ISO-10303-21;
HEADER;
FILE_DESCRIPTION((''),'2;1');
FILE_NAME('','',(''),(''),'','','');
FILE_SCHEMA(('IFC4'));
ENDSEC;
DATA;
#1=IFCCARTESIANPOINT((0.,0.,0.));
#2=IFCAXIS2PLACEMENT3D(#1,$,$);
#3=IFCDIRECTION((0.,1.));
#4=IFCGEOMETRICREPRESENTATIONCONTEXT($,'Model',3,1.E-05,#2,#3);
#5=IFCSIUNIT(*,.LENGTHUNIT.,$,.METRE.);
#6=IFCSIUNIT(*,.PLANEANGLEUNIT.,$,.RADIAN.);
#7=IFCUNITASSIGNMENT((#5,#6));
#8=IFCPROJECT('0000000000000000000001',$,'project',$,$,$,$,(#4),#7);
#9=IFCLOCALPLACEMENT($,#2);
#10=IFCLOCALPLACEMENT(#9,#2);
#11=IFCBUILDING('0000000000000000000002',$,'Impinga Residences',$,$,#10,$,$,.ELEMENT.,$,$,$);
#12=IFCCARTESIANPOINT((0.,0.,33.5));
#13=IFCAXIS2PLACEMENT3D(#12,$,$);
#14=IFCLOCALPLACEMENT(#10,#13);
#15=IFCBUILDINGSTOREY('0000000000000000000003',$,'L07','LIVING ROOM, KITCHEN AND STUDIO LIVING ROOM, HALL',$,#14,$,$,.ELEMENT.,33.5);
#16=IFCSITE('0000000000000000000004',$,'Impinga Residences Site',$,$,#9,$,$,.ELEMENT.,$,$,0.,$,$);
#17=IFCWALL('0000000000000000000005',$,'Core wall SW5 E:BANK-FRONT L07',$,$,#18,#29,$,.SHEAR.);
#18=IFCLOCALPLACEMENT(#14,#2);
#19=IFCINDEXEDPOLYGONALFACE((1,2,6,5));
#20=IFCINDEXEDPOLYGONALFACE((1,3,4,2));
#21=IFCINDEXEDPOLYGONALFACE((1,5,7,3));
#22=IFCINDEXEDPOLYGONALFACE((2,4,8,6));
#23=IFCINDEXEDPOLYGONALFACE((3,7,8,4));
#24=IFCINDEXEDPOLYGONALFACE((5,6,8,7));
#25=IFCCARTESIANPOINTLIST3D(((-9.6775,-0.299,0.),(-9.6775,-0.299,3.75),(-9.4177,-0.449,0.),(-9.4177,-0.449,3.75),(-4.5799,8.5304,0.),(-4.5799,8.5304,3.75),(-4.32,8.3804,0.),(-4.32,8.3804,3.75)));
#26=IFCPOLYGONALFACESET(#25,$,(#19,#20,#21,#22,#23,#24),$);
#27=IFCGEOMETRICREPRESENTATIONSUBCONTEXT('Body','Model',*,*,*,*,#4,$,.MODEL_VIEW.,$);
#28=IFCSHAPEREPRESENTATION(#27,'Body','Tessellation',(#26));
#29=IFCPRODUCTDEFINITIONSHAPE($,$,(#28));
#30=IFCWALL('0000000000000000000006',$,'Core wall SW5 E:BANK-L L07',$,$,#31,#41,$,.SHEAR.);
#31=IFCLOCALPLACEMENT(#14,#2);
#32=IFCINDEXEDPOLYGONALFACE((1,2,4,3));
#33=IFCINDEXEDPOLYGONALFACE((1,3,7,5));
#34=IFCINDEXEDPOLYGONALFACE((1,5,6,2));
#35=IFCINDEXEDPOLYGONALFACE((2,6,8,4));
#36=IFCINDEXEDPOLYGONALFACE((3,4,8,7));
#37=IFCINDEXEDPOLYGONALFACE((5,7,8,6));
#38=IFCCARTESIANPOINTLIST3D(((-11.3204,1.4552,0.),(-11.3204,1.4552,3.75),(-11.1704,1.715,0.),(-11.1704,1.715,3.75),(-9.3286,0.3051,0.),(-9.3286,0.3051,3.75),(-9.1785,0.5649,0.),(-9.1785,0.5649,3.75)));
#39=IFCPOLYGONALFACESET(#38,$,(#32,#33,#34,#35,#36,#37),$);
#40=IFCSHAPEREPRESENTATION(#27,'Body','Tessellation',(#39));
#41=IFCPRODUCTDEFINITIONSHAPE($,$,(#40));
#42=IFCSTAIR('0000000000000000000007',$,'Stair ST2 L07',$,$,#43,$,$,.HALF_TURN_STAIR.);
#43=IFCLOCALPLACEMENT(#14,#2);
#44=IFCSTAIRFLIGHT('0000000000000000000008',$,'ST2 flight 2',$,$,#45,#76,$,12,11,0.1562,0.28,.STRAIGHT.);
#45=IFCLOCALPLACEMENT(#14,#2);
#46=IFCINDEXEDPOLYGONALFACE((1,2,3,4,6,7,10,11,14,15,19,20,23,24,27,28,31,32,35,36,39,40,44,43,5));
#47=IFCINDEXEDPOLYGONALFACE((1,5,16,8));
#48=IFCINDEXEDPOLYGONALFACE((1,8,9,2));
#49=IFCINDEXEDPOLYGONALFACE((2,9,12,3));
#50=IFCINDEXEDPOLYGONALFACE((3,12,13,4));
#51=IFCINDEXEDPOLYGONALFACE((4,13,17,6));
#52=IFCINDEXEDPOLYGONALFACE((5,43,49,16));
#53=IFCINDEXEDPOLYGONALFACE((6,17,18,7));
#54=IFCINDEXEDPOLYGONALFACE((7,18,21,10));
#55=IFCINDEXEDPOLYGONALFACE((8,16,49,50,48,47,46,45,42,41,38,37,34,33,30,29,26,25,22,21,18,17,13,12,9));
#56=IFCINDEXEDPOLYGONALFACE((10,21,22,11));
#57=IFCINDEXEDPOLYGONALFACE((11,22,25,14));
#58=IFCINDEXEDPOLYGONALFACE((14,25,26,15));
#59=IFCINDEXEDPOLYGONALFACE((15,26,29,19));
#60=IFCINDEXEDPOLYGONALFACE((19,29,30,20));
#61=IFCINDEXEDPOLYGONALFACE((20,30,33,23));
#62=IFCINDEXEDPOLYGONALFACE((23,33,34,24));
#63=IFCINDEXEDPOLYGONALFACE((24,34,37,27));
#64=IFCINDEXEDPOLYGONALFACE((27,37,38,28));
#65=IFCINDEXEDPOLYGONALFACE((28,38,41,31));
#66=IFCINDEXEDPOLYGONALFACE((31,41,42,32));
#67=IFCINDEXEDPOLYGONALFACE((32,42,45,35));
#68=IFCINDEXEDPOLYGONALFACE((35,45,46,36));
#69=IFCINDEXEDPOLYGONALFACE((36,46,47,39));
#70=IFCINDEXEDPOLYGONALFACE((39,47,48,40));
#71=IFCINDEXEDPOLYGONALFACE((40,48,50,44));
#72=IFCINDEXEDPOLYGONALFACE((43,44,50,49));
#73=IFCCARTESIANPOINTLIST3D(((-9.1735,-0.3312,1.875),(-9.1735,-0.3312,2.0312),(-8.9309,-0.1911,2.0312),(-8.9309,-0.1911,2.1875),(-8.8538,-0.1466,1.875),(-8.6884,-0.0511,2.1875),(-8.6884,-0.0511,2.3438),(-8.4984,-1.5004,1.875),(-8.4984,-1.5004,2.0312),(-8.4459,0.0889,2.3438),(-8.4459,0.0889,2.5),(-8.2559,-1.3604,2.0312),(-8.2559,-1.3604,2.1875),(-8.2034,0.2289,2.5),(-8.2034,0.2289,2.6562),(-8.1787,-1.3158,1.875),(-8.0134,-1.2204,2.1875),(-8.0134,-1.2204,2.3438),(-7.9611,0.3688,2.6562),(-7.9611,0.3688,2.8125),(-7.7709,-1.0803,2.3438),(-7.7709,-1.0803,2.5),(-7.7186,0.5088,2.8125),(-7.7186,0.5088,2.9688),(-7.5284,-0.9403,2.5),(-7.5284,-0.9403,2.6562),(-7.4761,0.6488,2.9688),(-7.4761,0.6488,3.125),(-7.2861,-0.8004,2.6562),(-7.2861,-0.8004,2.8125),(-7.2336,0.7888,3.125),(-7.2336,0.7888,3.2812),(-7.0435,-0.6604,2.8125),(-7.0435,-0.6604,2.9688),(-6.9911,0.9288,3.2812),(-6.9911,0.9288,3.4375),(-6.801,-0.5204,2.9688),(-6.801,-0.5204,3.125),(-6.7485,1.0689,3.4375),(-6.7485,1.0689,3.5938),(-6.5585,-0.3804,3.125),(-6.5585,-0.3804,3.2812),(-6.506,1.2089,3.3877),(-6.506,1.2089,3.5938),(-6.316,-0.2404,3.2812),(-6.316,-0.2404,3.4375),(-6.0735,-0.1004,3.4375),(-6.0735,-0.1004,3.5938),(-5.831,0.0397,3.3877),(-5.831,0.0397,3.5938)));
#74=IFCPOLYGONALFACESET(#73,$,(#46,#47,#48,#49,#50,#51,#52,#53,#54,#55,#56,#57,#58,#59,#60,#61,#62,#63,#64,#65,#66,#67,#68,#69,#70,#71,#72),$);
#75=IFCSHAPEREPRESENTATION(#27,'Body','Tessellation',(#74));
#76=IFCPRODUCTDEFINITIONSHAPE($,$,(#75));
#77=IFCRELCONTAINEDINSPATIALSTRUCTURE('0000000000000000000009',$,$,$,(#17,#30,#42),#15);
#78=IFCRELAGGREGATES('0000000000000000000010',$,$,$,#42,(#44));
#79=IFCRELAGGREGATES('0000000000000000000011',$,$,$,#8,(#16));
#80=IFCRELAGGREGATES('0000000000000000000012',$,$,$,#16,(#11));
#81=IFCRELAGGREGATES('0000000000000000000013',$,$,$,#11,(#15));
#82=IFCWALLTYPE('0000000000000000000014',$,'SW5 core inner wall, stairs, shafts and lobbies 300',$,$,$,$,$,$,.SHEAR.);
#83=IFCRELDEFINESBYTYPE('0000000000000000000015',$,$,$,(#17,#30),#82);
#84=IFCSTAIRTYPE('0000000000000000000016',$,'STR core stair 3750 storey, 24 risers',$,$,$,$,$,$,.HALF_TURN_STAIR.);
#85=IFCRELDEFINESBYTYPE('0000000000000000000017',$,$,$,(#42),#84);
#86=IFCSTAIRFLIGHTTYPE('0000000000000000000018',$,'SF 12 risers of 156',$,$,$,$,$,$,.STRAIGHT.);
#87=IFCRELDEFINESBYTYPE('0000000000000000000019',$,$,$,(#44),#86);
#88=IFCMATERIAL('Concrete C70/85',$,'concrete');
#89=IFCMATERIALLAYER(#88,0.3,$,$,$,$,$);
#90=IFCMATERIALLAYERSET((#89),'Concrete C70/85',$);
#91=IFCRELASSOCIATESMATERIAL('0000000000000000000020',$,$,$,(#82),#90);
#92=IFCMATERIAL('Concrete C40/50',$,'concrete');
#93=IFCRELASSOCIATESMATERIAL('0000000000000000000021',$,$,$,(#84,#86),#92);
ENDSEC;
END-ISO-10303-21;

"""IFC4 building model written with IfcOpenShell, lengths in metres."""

from ifc_helpers import new_model, si_unit, direction, frame, frame_2d, origin, place, context, subcontext, project, spatial, polyline, rectangle, outline, extrude, material, layer, layer_set, type_object, element, aggregate, save


model = new_model("IFC4")

# Units and contexts
model_context = context("Model", 3, precision=1e-05, world=origin(), true_north=direction((0.0, 1.0)))
body_context = subcontext(model_context, "Body", "Model", "MODEL_VIEW")
ifc_project = project(units=[si_unit("LENGTHUNIT", "METRE"), si_unit("PLANEANGLEUNIT", "RADIAN")], contexts=[model_context])

# Site, building, storey
site_placement = place(None, origin())
site = spatial("IfcSite", under=ifc_project, at=site_placement, Name="Impinga Residences Site", CompositionType="ELEMENT", RefElevation=0.0)
building_placement = place(site_placement, origin())
building = spatial("IfcBuilding", under=site, at=building_placement, Name="Impinga Residences", CompositionType="ELEMENT")
storey_placement = place(building_placement, frame((0.0, 0.0, 33.5)))
storey = spatial("IfcBuildingStorey", under=building, at=storey_placement, Name="L07", Description="LIVING ROOM, KITCHEN AND STUDIO LIVING ROOM, HALL", CompositionType="ELEMENT", Elevation=33.5)

# Shared definitions
ifc_material_1 = material(Name="Concrete C70/85", Category="concrete")

# Walls
ifc_layer_1 = layer(ifc_material_1, 0.3)
ifc_layer_set_1 = layer_set([ifc_layer_1], Name="Concrete C70/85")
wall_type_1 = type_object("IfcWallType", Name="SW5 core inner wall, stairs, shafts and lobbies 300", PredefinedType="SHEAR", material=ifc_layer_set_1)
wall_1_placement = place(storey_placement, frame((-9.5476, -0.374, 0.0), z_axis=(0.0, 0.0, 1.0), x_axis=(0.500002, 0.866024, 0.0)))
element("IfcWall", 1, at=wall_1_placement, inside=storey, type_object=wall_type_1, Name="Core wall SW5 E:BANK-FRONT L07", PredefinedType="SHEAR", context=body_context, shape_type="SweptSolid", body=[
    extrude(rectangle(XDim=10.1953, YDim=0.3, at=frame_2d((5.0977, 0.0))), origin(), (0.0, 0.0, 1.0), 3.75),
])
wall_2_placement = place(storey_placement, frame((-9.2537, 0.4351, 0.0), z_axis=(0.0, 0.0, 1.0), x_axis=(-0.866007, 0.500032, 0.0)))
element("IfcWall", 2, at=wall_2_placement, inside=storey, type_object=wall_type_1, Name="Core wall SW5 E:BANK-L L07", PredefinedType="SHEAR", context=body_context, shape_type="SweptSolid", body=[
    extrude(rectangle(XDim=2.3, YDim=0.3, at=frame_2d((1.1499, 0.0))), origin(), (0.0, 0.0, 1.0), 3.75),
])

# Stair, stair flight
ifc_material_2 = material(Name="Concrete C40/50", Category="concrete")
stair_type = type_object("IfcStairType", Name="STR core stair 3750 storey, 24 risers", PredefinedType="HALF_TURN_STAIR", material=ifc_material_2)
stair_placement = place(storey_placement, origin())
stair = element("IfcStair", 3, at=stair_placement, inside=storey, type_object=stair_type, Name="Stair ST2 L07", PredefinedType="HALF_TURN_STAIR")
stair_flight_type = type_object("IfcStairFlightType", Name="SF 12 risers of 156", PredefinedType="STRAIGHT", material=ifc_material_2)
stair_flight_placement = place(storey_placement, frame((-8.8359, -0.9158, 1.875), z_axis=(0.0, 0.0, 1.0), x_axis=(0.866025, 0.5, 0.0)))
stair_flight = element("IfcStairFlight", 4, at=stair_flight_placement, type_object=stair_flight_type, Name="ST2 flight 2", NumberOfRisers=12, NumberOfTreads=11, PredefinedType="STRAIGHT", RiserHeight=0.1562, TreadLength=0.28, context=body_context, shape_type="SweptSolid", body=[
    extrude(outline(polyline([(0.0, 0.0), (0.0, 0.1562), (0.28, 0.1562), (0.28, 0.3125), (0.5601, 0.3125), (0.5601, 0.4688), (0.8401, 0.4688), (0.8401, 0.625), (1.1201, 0.625), (1.1201, 0.7812), (1.3999, 0.7812), (1.3999, 0.9375), (1.6799, 0.9375), (1.6799, 1.0938), (1.96, 1.0938), (1.96, 1.25), (2.24, 1.25), (2.24, 1.4062), (2.52, 1.4062), (2.52, 1.5625), (2.8, 1.5625), (2.8, 1.7188), (3.0801, 1.7188), (3.0801, 1.875), (3.0801, 1.5127), (0.3691, 0.0), (0.0, 0.0)])), frame((0.0, 0.675, 0.0), z_axis=(0.0, -1.0, 0.0), x_axis=(1.0, 0.0, 0.0)), (0.0, 0.0, 1.0), 1.3501),
])
aggregate(stair, [stair_flight])

save(model, "model.ifc")
